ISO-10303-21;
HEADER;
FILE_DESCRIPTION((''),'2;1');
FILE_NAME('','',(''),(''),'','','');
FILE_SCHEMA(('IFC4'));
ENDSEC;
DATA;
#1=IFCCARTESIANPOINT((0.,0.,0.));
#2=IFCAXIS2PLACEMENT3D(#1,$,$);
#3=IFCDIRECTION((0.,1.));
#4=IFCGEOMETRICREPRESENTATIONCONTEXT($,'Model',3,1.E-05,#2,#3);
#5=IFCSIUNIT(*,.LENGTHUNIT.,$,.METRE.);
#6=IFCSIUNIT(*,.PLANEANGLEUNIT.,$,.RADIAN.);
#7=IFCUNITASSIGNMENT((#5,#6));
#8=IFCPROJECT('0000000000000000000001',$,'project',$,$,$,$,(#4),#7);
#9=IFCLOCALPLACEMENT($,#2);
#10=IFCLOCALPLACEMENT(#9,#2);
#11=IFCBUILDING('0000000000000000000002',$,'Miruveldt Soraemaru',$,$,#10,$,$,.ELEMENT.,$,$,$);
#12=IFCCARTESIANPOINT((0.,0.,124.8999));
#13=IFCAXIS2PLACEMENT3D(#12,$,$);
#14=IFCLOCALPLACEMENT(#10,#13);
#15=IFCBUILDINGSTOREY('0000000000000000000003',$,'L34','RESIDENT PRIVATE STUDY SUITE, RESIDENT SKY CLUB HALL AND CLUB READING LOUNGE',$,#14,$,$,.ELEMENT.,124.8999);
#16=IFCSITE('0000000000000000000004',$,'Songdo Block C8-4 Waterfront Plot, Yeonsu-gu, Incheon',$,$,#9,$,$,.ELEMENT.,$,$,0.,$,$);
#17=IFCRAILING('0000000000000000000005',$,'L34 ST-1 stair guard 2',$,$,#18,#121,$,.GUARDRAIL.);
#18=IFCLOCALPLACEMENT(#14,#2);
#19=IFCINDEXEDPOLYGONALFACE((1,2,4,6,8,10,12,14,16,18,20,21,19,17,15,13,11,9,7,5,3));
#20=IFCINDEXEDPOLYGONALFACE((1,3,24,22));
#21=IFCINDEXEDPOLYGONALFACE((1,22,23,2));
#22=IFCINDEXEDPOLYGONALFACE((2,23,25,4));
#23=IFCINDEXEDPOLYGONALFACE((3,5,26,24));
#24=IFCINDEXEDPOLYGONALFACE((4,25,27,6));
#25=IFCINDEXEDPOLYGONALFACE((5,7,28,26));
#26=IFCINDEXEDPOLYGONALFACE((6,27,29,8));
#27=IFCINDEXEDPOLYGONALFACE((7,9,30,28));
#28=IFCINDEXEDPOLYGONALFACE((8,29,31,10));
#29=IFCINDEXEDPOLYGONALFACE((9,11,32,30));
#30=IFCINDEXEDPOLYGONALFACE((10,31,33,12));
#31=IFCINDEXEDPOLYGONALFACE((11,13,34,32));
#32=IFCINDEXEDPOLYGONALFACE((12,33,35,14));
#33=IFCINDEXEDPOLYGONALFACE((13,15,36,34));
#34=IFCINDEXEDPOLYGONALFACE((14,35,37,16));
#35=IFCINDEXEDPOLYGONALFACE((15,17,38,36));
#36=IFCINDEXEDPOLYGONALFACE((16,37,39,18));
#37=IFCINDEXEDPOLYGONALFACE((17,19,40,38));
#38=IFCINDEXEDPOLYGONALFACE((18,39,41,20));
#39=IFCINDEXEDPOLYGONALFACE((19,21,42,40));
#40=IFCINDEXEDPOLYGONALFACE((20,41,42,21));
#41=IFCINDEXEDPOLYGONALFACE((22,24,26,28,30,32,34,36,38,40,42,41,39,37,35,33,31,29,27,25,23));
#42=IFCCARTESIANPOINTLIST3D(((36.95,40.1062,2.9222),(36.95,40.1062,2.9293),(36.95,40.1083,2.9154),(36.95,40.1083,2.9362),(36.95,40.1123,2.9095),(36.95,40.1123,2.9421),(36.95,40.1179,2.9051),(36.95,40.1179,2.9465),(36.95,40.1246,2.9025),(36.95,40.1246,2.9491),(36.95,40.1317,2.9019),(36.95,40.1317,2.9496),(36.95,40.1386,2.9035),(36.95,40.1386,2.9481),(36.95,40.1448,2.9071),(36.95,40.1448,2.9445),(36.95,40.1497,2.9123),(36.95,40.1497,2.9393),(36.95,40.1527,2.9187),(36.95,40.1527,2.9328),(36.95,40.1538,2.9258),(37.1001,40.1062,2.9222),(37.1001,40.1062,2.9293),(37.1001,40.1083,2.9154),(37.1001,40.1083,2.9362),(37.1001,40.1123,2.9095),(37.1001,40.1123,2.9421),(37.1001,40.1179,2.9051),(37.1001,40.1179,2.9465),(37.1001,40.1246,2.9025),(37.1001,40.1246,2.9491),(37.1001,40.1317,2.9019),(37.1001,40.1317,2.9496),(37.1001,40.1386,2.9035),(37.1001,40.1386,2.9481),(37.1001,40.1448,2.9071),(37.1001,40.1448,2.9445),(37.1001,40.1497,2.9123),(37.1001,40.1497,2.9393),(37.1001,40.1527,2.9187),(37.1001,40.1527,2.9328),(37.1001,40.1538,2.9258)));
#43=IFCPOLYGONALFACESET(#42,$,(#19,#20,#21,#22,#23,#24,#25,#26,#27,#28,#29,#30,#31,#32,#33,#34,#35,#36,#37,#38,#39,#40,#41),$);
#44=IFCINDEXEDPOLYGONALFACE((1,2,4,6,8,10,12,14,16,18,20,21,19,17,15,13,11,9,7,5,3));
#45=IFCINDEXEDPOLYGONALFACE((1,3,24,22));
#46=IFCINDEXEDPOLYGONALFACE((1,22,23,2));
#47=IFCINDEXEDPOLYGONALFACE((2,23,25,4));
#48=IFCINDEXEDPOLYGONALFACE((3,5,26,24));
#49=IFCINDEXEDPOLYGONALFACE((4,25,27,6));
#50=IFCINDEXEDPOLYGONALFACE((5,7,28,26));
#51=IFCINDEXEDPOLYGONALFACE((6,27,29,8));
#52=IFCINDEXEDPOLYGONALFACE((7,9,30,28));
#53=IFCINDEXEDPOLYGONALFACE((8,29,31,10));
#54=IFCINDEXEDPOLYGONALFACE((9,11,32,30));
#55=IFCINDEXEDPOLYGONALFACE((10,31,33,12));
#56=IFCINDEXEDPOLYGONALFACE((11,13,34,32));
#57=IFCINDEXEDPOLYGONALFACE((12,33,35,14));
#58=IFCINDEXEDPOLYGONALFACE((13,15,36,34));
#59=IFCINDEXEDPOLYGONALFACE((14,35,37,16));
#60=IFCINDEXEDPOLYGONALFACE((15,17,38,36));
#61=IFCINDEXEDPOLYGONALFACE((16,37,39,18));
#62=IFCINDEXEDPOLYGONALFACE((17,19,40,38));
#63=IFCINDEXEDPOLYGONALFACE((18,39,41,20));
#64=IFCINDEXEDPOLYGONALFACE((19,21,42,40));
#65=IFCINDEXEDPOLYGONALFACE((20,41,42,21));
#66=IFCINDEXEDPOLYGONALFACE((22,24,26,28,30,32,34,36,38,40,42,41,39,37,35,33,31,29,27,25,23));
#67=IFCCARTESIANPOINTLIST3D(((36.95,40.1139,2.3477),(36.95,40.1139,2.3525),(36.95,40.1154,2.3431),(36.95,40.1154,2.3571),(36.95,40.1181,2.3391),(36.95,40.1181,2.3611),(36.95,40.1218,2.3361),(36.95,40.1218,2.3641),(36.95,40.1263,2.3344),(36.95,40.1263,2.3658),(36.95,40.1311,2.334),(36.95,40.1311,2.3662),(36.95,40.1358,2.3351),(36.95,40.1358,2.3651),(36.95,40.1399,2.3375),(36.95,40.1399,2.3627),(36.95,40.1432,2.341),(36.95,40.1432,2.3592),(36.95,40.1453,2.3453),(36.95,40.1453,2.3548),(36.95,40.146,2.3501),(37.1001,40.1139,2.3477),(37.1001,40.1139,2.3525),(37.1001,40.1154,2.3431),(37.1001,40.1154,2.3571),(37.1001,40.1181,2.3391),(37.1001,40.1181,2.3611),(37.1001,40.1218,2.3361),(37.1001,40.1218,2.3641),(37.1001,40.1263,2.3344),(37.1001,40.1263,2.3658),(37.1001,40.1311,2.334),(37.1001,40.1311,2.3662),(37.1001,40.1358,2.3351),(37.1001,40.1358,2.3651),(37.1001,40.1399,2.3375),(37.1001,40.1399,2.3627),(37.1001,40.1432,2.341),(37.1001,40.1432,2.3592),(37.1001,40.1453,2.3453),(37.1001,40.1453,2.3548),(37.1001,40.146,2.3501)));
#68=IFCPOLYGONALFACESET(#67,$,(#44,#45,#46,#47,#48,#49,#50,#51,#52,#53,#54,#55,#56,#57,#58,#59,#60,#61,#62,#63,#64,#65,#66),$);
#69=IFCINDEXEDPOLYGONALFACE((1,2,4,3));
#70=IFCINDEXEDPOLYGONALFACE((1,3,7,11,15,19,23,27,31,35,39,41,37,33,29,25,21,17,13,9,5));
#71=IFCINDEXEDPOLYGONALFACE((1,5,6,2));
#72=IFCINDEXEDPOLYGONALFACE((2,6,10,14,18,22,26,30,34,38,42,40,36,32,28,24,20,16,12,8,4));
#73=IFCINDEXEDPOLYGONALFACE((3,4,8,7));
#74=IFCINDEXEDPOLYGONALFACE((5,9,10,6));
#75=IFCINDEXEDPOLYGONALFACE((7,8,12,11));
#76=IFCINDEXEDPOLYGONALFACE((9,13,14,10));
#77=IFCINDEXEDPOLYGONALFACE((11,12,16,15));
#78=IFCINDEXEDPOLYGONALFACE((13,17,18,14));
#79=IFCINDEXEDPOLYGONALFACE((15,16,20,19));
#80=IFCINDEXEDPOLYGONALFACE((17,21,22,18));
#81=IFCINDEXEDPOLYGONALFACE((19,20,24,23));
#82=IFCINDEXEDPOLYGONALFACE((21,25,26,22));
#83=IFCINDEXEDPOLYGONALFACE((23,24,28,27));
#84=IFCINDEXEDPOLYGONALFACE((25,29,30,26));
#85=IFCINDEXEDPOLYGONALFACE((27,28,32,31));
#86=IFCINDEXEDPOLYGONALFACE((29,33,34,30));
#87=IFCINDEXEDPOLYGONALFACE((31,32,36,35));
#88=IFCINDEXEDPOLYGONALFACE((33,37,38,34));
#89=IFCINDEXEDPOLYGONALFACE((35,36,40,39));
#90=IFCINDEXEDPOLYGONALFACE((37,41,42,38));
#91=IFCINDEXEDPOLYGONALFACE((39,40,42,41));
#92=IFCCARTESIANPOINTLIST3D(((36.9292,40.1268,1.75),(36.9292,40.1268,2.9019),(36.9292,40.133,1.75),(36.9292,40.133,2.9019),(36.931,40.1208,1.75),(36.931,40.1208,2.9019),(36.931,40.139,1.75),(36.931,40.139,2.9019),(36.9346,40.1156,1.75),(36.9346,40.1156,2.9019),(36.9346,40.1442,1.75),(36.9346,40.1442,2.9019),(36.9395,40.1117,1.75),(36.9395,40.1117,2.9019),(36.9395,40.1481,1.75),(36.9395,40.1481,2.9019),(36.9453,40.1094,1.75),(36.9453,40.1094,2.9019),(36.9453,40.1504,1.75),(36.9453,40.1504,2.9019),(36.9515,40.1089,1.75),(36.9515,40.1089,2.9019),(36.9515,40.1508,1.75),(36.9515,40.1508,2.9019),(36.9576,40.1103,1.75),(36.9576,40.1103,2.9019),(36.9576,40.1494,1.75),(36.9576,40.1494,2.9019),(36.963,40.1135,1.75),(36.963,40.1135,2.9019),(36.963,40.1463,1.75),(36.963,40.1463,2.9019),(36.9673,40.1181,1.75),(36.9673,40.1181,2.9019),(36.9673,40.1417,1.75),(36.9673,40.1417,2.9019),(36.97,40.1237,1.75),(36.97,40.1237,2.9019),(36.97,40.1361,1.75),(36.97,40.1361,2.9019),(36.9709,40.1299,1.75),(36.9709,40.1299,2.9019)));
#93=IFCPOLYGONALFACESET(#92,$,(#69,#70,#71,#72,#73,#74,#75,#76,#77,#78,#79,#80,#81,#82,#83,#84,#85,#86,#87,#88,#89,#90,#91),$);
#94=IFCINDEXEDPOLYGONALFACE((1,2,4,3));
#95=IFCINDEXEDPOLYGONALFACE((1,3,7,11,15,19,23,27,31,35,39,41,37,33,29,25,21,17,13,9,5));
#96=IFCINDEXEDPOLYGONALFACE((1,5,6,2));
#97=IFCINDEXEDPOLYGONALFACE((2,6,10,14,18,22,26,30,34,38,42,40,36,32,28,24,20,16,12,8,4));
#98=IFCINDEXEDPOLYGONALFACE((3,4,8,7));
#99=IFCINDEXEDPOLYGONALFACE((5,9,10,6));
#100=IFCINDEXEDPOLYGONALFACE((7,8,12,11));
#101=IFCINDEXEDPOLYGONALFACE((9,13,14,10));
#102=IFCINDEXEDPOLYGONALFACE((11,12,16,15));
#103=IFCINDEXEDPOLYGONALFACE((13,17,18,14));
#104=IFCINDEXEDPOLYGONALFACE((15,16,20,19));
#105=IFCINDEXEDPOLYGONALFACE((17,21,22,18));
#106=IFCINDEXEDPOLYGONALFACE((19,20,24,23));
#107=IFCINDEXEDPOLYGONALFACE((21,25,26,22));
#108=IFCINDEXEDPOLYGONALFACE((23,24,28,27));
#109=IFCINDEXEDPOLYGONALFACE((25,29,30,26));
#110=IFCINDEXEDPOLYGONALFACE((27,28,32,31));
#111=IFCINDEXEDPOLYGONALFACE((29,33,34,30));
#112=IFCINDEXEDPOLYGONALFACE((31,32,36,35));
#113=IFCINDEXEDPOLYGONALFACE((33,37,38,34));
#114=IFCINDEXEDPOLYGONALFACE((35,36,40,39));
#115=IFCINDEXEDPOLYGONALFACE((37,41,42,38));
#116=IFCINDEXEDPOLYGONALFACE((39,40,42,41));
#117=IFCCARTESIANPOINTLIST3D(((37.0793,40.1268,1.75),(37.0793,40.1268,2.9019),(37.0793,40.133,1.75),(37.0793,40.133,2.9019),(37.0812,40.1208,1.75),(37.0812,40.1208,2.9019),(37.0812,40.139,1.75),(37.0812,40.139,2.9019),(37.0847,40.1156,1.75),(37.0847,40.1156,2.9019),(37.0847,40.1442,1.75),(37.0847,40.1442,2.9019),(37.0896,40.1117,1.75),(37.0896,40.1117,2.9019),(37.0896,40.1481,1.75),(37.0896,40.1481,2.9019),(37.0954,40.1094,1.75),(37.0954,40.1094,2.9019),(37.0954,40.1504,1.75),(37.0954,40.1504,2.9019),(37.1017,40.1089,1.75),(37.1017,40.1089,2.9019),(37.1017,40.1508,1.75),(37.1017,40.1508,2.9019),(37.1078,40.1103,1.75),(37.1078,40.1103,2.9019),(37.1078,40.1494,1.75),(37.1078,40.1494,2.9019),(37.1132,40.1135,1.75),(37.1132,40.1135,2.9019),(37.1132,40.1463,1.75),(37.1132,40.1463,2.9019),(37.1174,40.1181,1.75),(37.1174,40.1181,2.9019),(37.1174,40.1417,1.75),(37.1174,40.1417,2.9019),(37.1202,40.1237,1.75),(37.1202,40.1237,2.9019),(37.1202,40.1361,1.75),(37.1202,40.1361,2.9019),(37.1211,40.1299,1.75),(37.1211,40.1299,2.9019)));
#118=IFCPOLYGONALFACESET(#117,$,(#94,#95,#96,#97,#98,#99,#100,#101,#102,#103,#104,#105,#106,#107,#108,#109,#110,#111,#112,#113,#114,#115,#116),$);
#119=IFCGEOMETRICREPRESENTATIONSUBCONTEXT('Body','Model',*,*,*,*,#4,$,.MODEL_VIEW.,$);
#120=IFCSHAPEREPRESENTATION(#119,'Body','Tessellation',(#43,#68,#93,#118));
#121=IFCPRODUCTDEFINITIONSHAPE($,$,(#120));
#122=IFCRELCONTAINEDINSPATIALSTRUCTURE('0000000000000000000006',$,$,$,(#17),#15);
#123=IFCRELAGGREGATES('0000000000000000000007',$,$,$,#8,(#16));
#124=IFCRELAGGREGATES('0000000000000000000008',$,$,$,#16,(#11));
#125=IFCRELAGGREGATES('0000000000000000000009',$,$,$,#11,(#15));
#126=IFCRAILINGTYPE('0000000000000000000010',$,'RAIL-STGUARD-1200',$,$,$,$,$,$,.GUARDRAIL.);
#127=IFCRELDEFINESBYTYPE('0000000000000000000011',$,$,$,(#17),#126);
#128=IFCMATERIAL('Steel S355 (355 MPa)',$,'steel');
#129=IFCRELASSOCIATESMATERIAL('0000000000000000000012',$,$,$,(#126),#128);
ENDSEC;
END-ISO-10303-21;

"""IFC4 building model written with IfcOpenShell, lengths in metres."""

from ifc_helpers import new_model, si_unit, direction, frame, origin, origin_2d, place, context, subcontext, project, spatial, circle, extrude, material, type_object, element, save


model = new_model("IFC4")

# Units and contexts
model_context = context("Model", 3, precision=1e-05, world=origin(), true_north=direction((0.0, 1.0)))
body_context = subcontext(model_context, "Body", "Model", "MODEL_VIEW")
ifc_project = project(units=[si_unit("LENGTHUNIT", "METRE"), si_unit("PLANEANGLEUNIT", "RADIAN")], contexts=[model_context])

# Site, building, storey
site_placement = place(None, origin())
site = spatial("IfcSite", under=ifc_project, at=site_placement, Name="Songdo Block C8-4 Waterfront Plot, Yeonsu-gu, Incheon", CompositionType="ELEMENT", RefElevation=0.0)
building_placement = place(site_placement, origin())
building = spatial("IfcBuilding", under=site, at=building_placement, Name="Miruveldt Soraemaru", CompositionType="ELEMENT")
storey_placement = place(building_placement, frame((0.0, 0.0, 124.8999)))
storey = spatial("IfcBuildingStorey", under=building, at=storey_placement, Name="L34", Description="RESIDENT PRIVATE STUDY SUITE, RESIDENT SKY CLUB HALL AND CLUB READING LOUNGE", CompositionType="ELEMENT", Elevation=124.8999)

# Railing
ifc_material_1 = material(Name="Steel S355 (355 MPa)", Category="steel")
railing_type_1 = type_object("IfcRailingType", Name="RAIL-STGUARD-1200", PredefinedType="GUARDRAIL", material=ifc_material_1)
railing_1_placement = place(storey_placement, frame((36.95, 40.1299, 1.75)))
element("IfcRailing", 1, at=railing_1_placement, inside=storey, type_object=railing_type_1, Name="L34 ST-1 stair guard 2", PredefinedType="GUARDRAIL", context=body_context, shape_type="SweptSolid", body=[
    extrude(circle(Radius=0.0239, at=origin_2d()), frame((0.0, 0.0, 1.1758), z_axis=(1.0, 0.0, 0.0), x_axis=(0.0, 1.0, 0.0)), (0.0, 0.0, 1.0), 0.1501),
    extrude(circle(Radius=0.0161, at=origin_2d()), frame((0.0, 0.0, 0.6001), z_axis=(1.0, 0.0, 0.0), x_axis=(0.0, 1.0, 0.0)), (0.0, 0.0, 1.0), 0.1501),
    extrude(circle(Radius=0.021, at=origin_2d()), origin(), (0.0, 0.0, 1.0), 1.1519),
    extrude(circle(Radius=0.021, at=origin_2d()), frame((0.1501, 0.0, 0.0)), (0.0, 0.0, 1.0), 1.1519),
])

save(model, "model.ifc")
